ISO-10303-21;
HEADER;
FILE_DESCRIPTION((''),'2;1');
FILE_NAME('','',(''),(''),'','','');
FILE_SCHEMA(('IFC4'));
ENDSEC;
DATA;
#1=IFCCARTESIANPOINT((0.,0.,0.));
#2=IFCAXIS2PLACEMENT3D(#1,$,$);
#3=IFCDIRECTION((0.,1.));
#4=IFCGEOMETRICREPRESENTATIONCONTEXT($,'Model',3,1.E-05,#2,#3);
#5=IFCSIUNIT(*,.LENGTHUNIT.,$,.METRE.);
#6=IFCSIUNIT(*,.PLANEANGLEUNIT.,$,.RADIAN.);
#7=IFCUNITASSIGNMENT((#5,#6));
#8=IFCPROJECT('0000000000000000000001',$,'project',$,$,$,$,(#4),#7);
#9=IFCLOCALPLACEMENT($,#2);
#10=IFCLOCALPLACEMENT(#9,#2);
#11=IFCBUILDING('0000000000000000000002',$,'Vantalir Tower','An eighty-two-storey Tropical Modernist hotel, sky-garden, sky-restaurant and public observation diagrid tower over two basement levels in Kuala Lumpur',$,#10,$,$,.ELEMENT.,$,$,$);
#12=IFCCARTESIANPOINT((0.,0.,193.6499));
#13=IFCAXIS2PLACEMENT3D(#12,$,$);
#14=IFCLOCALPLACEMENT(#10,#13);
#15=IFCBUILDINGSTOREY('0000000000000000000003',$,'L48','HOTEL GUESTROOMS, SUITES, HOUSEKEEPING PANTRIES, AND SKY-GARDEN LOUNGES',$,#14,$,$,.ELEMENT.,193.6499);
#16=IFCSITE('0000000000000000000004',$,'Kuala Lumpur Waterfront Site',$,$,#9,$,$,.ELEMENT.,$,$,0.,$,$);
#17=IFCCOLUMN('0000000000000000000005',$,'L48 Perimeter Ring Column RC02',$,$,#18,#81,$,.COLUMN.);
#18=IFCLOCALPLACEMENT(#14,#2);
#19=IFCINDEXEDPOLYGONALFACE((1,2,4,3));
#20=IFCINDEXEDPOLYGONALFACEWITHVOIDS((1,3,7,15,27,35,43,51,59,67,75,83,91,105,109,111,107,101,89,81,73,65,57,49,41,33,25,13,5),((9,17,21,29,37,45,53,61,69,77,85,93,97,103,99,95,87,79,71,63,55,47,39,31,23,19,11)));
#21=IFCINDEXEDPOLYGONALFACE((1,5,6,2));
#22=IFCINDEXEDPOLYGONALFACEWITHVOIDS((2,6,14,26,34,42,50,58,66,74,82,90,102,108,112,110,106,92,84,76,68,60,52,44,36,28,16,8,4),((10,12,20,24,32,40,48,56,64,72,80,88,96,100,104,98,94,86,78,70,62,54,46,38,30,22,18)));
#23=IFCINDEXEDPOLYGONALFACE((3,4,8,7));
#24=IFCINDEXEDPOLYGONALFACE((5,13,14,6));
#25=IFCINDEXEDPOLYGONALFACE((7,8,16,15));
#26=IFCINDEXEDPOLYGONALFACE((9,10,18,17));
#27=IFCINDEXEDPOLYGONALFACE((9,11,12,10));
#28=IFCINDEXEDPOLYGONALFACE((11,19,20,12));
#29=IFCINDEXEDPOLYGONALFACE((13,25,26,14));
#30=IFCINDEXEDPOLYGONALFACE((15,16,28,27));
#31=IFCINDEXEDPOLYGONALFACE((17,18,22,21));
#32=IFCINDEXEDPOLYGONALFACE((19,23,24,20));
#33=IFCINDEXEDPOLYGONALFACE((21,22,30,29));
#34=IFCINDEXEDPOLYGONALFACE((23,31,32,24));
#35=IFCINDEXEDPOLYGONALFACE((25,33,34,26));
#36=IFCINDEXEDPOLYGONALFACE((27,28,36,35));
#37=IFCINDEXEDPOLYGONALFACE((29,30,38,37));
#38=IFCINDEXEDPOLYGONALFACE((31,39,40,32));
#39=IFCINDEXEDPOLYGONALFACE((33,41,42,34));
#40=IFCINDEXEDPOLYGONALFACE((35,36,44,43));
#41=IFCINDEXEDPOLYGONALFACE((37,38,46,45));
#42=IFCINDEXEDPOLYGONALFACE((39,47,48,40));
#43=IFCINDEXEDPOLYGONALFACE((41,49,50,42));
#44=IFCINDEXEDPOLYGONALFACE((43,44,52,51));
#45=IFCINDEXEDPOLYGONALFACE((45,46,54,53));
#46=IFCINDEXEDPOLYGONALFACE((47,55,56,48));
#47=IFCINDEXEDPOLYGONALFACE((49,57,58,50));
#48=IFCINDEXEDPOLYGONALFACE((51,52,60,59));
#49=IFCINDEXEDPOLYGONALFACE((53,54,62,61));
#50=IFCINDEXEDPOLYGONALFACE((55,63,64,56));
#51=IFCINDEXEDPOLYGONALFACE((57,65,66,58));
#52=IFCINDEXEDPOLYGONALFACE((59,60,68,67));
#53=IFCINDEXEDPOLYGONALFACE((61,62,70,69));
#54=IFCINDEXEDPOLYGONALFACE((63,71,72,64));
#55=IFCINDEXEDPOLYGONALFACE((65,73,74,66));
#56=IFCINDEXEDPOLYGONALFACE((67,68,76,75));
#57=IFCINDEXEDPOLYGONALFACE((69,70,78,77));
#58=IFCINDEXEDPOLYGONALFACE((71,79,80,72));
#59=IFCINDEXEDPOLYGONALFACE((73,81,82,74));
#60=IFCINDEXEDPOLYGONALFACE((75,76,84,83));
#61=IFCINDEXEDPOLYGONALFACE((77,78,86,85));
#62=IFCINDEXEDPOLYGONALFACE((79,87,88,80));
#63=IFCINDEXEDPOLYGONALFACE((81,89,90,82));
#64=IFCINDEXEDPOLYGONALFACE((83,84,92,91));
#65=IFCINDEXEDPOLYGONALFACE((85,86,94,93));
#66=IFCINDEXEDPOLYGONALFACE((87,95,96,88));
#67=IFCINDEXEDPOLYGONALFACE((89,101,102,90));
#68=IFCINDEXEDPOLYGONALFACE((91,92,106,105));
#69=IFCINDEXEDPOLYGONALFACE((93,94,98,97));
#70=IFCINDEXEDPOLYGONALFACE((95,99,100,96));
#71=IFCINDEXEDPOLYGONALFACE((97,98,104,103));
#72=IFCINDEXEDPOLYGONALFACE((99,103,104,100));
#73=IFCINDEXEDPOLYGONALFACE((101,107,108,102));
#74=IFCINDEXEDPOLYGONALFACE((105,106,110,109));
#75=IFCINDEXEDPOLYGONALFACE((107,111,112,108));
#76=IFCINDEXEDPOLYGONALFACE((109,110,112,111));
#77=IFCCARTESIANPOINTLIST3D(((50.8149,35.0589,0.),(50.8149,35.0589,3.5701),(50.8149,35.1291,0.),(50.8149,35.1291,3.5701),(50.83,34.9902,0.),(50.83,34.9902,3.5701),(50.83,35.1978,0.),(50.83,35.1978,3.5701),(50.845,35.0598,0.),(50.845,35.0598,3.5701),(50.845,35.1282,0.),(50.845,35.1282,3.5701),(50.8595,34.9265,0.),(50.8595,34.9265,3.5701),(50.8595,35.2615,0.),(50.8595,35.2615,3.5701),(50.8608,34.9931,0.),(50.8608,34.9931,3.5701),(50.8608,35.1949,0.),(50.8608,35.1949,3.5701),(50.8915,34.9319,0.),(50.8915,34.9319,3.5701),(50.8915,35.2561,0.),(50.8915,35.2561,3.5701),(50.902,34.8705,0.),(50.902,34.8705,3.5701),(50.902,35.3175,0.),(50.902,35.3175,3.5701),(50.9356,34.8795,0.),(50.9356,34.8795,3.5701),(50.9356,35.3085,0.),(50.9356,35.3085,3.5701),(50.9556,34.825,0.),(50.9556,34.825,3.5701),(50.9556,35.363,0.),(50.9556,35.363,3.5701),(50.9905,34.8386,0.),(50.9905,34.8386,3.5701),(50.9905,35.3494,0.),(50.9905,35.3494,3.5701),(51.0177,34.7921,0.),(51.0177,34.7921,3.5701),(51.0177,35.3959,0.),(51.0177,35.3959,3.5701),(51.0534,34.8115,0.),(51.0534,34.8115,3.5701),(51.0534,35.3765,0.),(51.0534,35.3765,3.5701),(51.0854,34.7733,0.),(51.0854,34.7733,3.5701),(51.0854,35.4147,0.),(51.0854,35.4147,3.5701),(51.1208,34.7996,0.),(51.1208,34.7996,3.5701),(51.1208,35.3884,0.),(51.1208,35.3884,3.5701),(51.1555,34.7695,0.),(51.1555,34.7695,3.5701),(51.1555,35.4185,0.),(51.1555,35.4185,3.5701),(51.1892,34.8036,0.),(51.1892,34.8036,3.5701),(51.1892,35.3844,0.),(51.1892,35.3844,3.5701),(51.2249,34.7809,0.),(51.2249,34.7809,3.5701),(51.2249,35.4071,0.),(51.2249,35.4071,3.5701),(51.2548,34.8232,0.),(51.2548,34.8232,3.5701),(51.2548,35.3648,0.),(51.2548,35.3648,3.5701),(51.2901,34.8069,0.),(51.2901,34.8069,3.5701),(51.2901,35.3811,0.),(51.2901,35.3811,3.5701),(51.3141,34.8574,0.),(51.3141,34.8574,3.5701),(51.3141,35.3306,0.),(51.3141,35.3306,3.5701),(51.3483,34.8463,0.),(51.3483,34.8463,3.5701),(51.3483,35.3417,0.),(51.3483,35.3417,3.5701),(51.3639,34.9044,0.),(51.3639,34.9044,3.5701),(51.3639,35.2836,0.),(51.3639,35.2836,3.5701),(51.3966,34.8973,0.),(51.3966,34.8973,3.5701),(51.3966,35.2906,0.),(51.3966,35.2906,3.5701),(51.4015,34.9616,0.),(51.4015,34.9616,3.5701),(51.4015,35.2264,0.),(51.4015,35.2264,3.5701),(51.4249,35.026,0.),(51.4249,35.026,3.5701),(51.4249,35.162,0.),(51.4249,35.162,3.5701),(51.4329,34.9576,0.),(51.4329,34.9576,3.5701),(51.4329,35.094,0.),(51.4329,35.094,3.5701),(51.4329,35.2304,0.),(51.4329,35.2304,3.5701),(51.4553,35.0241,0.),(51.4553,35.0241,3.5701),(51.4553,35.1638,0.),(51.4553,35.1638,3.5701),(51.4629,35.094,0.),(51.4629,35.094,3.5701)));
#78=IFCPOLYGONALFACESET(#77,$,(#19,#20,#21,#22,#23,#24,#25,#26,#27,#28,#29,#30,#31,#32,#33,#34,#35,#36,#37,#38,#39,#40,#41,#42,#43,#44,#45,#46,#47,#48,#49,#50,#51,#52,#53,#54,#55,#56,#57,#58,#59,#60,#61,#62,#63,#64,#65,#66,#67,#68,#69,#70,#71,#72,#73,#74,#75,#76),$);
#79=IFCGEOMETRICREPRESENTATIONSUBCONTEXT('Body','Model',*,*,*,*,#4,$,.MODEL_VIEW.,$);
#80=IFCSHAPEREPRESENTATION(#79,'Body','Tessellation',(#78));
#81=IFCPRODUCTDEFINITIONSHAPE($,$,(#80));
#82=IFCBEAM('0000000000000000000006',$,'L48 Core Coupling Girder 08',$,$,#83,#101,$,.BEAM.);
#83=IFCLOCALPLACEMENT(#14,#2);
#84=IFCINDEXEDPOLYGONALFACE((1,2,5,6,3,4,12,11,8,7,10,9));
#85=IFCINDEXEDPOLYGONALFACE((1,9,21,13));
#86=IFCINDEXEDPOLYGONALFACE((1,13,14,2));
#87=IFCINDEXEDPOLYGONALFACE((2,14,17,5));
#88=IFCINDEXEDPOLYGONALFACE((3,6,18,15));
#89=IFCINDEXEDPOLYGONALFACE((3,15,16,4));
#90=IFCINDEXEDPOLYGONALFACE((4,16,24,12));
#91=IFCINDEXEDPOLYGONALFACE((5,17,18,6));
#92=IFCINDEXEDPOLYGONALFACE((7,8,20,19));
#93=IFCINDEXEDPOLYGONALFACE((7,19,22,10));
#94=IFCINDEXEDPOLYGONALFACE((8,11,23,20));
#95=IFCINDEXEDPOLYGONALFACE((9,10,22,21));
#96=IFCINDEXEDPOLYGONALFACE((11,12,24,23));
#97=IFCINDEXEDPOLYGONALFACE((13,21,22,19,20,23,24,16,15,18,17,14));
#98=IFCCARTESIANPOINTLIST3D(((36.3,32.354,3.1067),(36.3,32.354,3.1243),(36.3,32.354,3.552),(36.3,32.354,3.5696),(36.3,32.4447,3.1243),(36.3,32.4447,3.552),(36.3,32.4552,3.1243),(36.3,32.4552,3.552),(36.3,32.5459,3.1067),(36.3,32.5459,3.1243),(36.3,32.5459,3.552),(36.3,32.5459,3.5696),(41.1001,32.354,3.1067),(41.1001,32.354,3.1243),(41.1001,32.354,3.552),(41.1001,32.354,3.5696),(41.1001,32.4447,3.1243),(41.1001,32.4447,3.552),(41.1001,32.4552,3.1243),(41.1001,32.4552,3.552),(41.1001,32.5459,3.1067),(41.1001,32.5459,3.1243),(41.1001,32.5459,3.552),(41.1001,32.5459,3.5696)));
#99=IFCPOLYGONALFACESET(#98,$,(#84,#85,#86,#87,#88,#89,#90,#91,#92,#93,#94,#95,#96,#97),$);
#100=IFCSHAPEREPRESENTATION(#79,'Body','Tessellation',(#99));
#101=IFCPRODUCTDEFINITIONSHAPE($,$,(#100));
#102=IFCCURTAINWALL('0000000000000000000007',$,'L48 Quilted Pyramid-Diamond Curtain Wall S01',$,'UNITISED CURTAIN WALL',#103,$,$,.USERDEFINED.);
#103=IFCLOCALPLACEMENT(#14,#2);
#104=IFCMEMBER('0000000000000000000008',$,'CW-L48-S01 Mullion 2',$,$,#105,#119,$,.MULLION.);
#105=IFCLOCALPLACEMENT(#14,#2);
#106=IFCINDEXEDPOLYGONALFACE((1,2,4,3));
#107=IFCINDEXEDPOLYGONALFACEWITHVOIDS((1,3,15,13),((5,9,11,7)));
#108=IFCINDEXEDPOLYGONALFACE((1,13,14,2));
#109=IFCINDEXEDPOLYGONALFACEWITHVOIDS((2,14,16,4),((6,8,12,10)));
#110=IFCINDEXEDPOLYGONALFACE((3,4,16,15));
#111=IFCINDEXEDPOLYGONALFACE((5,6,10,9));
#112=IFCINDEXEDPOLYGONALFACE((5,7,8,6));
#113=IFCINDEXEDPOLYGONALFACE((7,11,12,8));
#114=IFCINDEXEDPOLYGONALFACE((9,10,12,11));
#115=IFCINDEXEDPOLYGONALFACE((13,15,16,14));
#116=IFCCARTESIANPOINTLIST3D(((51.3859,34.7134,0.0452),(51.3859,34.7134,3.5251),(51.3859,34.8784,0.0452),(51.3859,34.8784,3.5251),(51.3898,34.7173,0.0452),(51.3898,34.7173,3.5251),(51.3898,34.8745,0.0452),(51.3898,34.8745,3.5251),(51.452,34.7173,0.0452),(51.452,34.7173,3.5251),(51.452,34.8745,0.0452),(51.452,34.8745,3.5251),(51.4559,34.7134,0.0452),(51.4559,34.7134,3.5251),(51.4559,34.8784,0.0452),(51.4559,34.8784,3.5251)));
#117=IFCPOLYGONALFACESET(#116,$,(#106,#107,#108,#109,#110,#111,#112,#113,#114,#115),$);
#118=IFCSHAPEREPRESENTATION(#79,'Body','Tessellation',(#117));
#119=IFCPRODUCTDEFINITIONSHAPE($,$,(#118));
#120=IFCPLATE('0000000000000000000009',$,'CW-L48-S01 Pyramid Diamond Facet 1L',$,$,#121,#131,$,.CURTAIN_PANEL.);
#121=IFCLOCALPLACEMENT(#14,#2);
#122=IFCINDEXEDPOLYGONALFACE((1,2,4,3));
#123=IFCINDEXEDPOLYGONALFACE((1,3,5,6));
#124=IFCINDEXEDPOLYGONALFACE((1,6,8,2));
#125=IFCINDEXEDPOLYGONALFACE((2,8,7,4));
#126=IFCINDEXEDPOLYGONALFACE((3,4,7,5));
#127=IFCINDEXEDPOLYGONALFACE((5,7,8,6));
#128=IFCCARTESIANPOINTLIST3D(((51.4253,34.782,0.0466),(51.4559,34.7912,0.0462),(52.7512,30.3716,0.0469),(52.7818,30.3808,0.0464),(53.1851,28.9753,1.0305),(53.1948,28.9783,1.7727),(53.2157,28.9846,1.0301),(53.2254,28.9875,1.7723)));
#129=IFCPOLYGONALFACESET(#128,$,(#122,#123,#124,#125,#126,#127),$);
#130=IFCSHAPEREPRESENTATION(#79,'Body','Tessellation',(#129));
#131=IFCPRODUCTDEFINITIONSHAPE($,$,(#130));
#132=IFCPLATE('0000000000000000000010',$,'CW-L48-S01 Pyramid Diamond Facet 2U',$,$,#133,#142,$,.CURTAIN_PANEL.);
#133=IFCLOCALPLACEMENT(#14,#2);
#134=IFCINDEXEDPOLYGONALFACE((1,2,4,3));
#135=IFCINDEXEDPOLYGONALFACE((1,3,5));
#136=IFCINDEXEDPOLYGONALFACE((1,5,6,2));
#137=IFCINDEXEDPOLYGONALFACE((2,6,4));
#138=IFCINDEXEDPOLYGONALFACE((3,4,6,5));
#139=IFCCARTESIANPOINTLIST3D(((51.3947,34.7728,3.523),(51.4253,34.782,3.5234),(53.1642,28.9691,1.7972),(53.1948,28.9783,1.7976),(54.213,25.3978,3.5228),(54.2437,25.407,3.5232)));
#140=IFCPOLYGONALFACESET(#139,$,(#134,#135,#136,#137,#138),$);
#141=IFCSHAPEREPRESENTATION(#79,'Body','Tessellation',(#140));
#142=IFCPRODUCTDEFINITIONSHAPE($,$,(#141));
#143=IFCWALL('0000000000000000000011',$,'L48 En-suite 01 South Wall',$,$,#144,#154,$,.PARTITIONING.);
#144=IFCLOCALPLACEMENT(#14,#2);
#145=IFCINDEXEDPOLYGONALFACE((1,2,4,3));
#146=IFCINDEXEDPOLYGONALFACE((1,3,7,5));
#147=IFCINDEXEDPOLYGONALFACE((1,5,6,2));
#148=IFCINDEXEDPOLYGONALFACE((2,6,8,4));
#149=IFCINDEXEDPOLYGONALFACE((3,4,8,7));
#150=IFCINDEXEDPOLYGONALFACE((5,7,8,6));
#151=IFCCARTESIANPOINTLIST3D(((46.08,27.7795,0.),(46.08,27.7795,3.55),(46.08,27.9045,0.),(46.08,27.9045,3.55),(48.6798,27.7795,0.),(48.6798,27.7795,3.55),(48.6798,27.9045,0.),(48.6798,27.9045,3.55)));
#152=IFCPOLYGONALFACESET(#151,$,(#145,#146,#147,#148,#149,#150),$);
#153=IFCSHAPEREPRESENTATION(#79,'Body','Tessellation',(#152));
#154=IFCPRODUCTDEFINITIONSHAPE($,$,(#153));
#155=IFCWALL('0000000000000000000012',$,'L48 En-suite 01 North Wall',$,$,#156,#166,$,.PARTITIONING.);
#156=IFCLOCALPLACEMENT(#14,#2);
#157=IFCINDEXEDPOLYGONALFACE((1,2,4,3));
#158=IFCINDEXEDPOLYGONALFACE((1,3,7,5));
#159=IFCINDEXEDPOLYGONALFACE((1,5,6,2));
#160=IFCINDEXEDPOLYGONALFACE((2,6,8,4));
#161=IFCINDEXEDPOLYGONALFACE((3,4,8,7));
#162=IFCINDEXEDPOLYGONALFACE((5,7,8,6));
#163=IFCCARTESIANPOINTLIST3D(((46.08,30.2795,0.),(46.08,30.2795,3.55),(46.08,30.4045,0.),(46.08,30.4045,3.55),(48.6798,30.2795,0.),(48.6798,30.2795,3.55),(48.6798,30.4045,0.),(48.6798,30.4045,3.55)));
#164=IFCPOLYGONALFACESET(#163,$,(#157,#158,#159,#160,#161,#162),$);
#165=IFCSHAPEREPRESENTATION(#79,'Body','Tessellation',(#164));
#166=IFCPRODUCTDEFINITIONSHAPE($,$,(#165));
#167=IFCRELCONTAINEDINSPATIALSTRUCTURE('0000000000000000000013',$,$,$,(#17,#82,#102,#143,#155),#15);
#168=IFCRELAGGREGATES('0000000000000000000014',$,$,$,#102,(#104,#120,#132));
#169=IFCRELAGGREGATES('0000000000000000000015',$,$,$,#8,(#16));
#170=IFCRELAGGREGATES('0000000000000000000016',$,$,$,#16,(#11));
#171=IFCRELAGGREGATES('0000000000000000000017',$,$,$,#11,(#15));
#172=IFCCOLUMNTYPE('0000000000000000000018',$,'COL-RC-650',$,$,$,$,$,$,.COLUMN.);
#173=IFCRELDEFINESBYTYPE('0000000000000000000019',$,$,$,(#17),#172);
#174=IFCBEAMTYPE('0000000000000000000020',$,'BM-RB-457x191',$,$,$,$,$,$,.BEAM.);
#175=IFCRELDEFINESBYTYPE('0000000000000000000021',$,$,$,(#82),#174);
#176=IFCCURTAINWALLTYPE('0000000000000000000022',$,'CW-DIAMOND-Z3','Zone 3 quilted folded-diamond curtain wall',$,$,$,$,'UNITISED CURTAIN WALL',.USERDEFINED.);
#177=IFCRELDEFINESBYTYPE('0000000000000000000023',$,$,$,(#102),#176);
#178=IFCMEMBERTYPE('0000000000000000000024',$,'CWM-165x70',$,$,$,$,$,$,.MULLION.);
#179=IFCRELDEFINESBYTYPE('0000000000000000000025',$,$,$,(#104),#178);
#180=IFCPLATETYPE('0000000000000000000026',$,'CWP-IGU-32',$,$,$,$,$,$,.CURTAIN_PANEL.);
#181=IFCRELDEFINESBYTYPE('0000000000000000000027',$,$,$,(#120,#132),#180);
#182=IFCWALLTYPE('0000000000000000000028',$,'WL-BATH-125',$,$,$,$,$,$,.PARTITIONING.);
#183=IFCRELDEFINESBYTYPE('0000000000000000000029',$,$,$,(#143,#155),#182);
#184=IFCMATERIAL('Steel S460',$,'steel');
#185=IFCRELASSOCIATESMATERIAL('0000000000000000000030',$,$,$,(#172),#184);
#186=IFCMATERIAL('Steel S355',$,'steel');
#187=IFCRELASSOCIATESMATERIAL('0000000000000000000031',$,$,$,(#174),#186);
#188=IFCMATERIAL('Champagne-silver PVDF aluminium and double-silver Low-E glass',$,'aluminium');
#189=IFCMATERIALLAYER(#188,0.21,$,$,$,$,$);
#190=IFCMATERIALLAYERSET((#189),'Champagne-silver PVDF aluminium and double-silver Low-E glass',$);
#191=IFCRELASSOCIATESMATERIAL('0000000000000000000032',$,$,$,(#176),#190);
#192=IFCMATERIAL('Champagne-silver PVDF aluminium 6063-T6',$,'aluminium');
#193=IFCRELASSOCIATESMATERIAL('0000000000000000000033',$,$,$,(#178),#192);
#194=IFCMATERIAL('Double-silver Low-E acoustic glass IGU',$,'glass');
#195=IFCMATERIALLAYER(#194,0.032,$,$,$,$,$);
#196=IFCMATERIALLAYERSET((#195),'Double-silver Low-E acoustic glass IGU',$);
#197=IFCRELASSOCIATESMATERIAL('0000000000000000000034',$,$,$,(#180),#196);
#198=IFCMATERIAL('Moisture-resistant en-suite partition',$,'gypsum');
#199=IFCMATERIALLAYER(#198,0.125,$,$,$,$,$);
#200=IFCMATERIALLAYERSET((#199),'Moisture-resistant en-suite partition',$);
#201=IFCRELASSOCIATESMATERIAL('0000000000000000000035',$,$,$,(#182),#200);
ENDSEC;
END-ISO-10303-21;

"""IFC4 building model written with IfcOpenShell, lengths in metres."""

from ifc_helpers import new_model, si_unit, direction, frame, frame_2d, origin, origin_2d, place, context, subcontext, project, spatial, polyline, rectangle, hollow_rectangle, hollow_circle, i_section, outline, extrude, material, layer, layer_set, material_profile, profile_set, type_object, element, aggregate, save


model = new_model("IFC4")

# Units and contexts
model_context = context("Model", 3, precision=1e-05, world=origin(), true_north=direction((0.0, 1.0)))
body_context = subcontext(model_context, "Body", "Model", "MODEL_VIEW")
ifc_project = project(units=[si_unit("LENGTHUNIT", "METRE"), si_unit("PLANEANGLEUNIT", "RADIAN")], contexts=[model_context])

# Site, building, storey
site_placement = place(None, origin())
site = spatial("IfcSite", under=ifc_project, at=site_placement, Name="Kuala Lumpur Waterfront Site", CompositionType="ELEMENT", RefElevation=0.0)
building_placement = place(site_placement, origin())
building = spatial("IfcBuilding", under=site, at=building_placement, Name="Vantalir Tower", Description="An eighty-two-storey Tropical Modernist hotel, sky-garden, sky-restaurant and public observation diagrid tower over two basement levels in Kuala Lumpur", CompositionType="ELEMENT")
storey_placement = place(building_placement, frame((0.0, 0.0, 193.6499)))
storey = spatial("IfcBuildingStorey", under=building, at=storey_placement, Name="L48", Description="HOTEL GUESTROOMS, SUITES, HOUSEKEEPING PANTRIES, AND SKY-GARDEN LOUNGES", CompositionType="ELEMENT", Elevation=193.6499)

# Column
ifc_material_1 = material(Name="Steel S460", Category="steel")
ifc_material_profile_1 = material_profile(ifc_material_1, hollow_circle(Radius=0.325, WallThickness=0.03, at=origin_2d()), Name="Steel S460")
ifc_profile_set_1 = profile_set([ifc_material_profile_1], Name="Steel S460")
column_type = type_object("IfcColumnType", Name="COL-RC-650", PredefinedType="COLUMN", material=ifc_profile_set_1)
column_placement = place(storey_placement, frame((51.1379, 35.094, 0.0), z_axis=(0.0, 0.0, 1.0), x_axis=(1.0, 0.0, 0.0)))
element("IfcColumn", 1, at=column_placement, inside=storey, type_object=column_type, Name="L48 Perimeter Ring Column RC02", PredefinedType="COLUMN", context=body_context, shape_type="SweptSolid", body=[
    extrude(hollow_circle(Radius=0.325, WallThickness=0.03, at=origin_2d()), origin(), (0.0, 0.0, 1.0), 3.5701),
])

# Beam
ifc_material_2 = material(Name="Steel S355", Category="steel")
ifc_material_profile_2 = material_profile(ifc_material_2, i_section(OverallWidth=0.1919, OverallDepth=0.4629, WebThickness=0.0105, FlangeThickness=0.0176, at=origin_2d()), Name="Steel S355")
ifc_profile_set_2 = profile_set([ifc_material_profile_2], Name="Steel S355")
beam_type = type_object("IfcBeamType", Name="BM-RB-457x191", PredefinedType="BEAM", material=ifc_profile_set_2)
beam_placement = place(storey_placement, frame((41.1001, 32.45, 3.3381), z_axis=(-1.0, 0.0, 0.0), x_axis=(0.0, -1.0, 0.0)))
element("IfcBeam", 2, at=beam_placement, inside=storey, type_object=beam_type, Name="L48 Core Coupling Girder 08", PredefinedType="BEAM", context=body_context, shape_type="SweptSolid", body=[
    extrude(i_section(OverallWidth=0.1919, OverallDepth=0.4629, WebThickness=0.0105, FlangeThickness=0.0176, at=origin_2d()), origin(), (0.0, 0.0, 1.0), 4.8),
])

# Curtain wall, member, plates
ifc_material_3 = material(Name="Champagne-silver PVDF aluminium and double-silver Low-E glass", Category="aluminium")
ifc_layer_1 = layer(ifc_material_3, 0.21)
ifc_layer_set_1 = layer_set([ifc_layer_1], Name="Champagne-silver PVDF aluminium and double-silver Low-E glass")
curtain_wall_type = type_object("IfcCurtainWallType", Name="CW-DIAMOND-Z3", Description="Zone 3 quilted folded-diamond curtain wall", ElementType="UNITISED CURTAIN WALL", PredefinedType="USERDEFINED", material=ifc_layer_set_1)
curtain_wall_placement = place(storey_placement, origin())
curtain_wall = element("IfcCurtainWall", 3, at=curtain_wall_placement, inside=storey, type_object=curtain_wall_type, Name="L48 Quilted Pyramid-Diamond Curtain Wall S01", ObjectType="UNITISED CURTAIN WALL", PredefinedType="USERDEFINED")
ifc_material_4 = material(Name="Champagne-silver PVDF aluminium 6063-T6", Category="aluminium")
ifc_material_profile_3 = material_profile(ifc_material_4, hollow_rectangle(XDim=0.0701, YDim=0.165, WallThickness=0.0039, at=origin_2d()), Name="Champagne-silver PVDF aluminium 6063-T6")
ifc_profile_set_3 = profile_set([ifc_material_profile_3], Name="Champagne-silver PVDF aluminium 6063-T6")
member_type = type_object("IfcMemberType", Name="CWM-165x70", PredefinedType="MULLION", material=ifc_profile_set_3)
member_placement = place(storey_placement, frame((51.4209, 34.7959, 0.0452), z_axis=(0.0, 0.0, 1.0), x_axis=(1.0, 0.0, 0.0)))
member = element("IfcMember", 4, at=member_placement, type_object=member_type, Name="CW-L48-S01 Mullion 2", PredefinedType="MULLION", context=body_context, shape_type="SweptSolid", body=[
    extrude(hollow_rectangle(XDim=0.0701, YDim=0.165, WallThickness=0.0039, at=origin_2d()), origin(), (0.0, 0.0, 1.0), 3.48),
])
ifc_material_5 = material(Name="Double-silver Low-E acoustic glass IGU", Category="glass")
ifc_layer_2 = layer(ifc_material_5, 0.032)
ifc_layer_set_2 = layer_set([ifc_layer_2], Name="Double-silver Low-E acoustic glass IGU")
plate_type = type_object("IfcPlateType", Name="CWP-IGU-32", PredefinedType="CURTAIN_PANEL", material=ifc_layer_set_2)
plate_1_placement = place(storey_placement, frame((52.7512, 30.3716, 0.0469), z_axis=(-0.957569, -0.287877, 0.01372), x_axis=(-0.287905, 0.957659, -0.000053)))
plate_1 = element("IfcPlate", 5, at=plate_1_placement, type_object=plate_type, Name="CW-L48-S01 Pyramid Diamond Facet 1L", PredefinedType="CURTAIN_PANEL", context=body_context, shape_type="SweptSolid", body=[
    extrude(outline(polyline([(0.0, 0.0), (4.6054, 0.0), (-1.4621, -1.7259), (-1.4621, -0.9837), (0.0, 0.0)])), origin(), (0.0, 0.0, -1.0), 0.032),
])
plate_2_placement = place(storey_placement, frame((51.4253, 34.782, 3.5234), z_axis=(0.957571, 0.287869, 0.013756), x_axis=(0.287897, -0.957661, -0.000025)))
plate_2 = element("IfcPlate", 6, at=plate_2_placement, type_object=plate_type, Name="CW-L48-S01 Pyramid Diamond Facet 2U", PredefinedType="CURTAIN_PANEL", context=body_context, shape_type="SweptSolid", body=[
    extrude(outline(polyline([(0.0, 0.0), (9.7895, 0.0), (6.0675, 1.7258), (0.0, 0.0)])), origin(), (0.0, 0.0, -1.0), 0.032),
])
aggregate(curtain_wall, [member, plate_1, plate_2])

# Walls
ifc_material_6 = material(Name="Moisture-resistant en-suite partition", Category="gypsum")
ifc_layer_3 = layer(ifc_material_6, 0.125)
ifc_layer_set_3 = layer_set([ifc_layer_3], Name="Moisture-resistant en-suite partition")
wall_type_1 = type_object("IfcWallType", Name="WL-BATH-125", PredefinedType="PARTITIONING", material=ifc_layer_set_3)
for number, where, z_axis, x_axis, name in (
    (7, (46.0801, 27.842, 0.0), (0.0, 0.0, 1.0), (1.0, 0.0, 0.0), "L48 En-suite 01 South Wall"),
    (8, (46.0801, 30.342, 0.0), (0.0, 0.0, 1.0), (1.0, 0.0, 0.0), "L48 En-suite 01 North Wall"),
):
    element("IfcWall", number, at=place(storey_placement, frame(where, z_axis=z_axis, x_axis=x_axis)), inside=storey, type_object=wall_type_1, Name=name, PredefinedType="PARTITIONING", context=body_context, shape_type="SweptSolid", body=[
        extrude(rectangle(XDim=2.5999, YDim=0.125, at=frame_2d((1.2998, 0.0))), origin(), (0.0, 0.0, 1.0), 3.55),
    ])

save(model, "model.ifc")
